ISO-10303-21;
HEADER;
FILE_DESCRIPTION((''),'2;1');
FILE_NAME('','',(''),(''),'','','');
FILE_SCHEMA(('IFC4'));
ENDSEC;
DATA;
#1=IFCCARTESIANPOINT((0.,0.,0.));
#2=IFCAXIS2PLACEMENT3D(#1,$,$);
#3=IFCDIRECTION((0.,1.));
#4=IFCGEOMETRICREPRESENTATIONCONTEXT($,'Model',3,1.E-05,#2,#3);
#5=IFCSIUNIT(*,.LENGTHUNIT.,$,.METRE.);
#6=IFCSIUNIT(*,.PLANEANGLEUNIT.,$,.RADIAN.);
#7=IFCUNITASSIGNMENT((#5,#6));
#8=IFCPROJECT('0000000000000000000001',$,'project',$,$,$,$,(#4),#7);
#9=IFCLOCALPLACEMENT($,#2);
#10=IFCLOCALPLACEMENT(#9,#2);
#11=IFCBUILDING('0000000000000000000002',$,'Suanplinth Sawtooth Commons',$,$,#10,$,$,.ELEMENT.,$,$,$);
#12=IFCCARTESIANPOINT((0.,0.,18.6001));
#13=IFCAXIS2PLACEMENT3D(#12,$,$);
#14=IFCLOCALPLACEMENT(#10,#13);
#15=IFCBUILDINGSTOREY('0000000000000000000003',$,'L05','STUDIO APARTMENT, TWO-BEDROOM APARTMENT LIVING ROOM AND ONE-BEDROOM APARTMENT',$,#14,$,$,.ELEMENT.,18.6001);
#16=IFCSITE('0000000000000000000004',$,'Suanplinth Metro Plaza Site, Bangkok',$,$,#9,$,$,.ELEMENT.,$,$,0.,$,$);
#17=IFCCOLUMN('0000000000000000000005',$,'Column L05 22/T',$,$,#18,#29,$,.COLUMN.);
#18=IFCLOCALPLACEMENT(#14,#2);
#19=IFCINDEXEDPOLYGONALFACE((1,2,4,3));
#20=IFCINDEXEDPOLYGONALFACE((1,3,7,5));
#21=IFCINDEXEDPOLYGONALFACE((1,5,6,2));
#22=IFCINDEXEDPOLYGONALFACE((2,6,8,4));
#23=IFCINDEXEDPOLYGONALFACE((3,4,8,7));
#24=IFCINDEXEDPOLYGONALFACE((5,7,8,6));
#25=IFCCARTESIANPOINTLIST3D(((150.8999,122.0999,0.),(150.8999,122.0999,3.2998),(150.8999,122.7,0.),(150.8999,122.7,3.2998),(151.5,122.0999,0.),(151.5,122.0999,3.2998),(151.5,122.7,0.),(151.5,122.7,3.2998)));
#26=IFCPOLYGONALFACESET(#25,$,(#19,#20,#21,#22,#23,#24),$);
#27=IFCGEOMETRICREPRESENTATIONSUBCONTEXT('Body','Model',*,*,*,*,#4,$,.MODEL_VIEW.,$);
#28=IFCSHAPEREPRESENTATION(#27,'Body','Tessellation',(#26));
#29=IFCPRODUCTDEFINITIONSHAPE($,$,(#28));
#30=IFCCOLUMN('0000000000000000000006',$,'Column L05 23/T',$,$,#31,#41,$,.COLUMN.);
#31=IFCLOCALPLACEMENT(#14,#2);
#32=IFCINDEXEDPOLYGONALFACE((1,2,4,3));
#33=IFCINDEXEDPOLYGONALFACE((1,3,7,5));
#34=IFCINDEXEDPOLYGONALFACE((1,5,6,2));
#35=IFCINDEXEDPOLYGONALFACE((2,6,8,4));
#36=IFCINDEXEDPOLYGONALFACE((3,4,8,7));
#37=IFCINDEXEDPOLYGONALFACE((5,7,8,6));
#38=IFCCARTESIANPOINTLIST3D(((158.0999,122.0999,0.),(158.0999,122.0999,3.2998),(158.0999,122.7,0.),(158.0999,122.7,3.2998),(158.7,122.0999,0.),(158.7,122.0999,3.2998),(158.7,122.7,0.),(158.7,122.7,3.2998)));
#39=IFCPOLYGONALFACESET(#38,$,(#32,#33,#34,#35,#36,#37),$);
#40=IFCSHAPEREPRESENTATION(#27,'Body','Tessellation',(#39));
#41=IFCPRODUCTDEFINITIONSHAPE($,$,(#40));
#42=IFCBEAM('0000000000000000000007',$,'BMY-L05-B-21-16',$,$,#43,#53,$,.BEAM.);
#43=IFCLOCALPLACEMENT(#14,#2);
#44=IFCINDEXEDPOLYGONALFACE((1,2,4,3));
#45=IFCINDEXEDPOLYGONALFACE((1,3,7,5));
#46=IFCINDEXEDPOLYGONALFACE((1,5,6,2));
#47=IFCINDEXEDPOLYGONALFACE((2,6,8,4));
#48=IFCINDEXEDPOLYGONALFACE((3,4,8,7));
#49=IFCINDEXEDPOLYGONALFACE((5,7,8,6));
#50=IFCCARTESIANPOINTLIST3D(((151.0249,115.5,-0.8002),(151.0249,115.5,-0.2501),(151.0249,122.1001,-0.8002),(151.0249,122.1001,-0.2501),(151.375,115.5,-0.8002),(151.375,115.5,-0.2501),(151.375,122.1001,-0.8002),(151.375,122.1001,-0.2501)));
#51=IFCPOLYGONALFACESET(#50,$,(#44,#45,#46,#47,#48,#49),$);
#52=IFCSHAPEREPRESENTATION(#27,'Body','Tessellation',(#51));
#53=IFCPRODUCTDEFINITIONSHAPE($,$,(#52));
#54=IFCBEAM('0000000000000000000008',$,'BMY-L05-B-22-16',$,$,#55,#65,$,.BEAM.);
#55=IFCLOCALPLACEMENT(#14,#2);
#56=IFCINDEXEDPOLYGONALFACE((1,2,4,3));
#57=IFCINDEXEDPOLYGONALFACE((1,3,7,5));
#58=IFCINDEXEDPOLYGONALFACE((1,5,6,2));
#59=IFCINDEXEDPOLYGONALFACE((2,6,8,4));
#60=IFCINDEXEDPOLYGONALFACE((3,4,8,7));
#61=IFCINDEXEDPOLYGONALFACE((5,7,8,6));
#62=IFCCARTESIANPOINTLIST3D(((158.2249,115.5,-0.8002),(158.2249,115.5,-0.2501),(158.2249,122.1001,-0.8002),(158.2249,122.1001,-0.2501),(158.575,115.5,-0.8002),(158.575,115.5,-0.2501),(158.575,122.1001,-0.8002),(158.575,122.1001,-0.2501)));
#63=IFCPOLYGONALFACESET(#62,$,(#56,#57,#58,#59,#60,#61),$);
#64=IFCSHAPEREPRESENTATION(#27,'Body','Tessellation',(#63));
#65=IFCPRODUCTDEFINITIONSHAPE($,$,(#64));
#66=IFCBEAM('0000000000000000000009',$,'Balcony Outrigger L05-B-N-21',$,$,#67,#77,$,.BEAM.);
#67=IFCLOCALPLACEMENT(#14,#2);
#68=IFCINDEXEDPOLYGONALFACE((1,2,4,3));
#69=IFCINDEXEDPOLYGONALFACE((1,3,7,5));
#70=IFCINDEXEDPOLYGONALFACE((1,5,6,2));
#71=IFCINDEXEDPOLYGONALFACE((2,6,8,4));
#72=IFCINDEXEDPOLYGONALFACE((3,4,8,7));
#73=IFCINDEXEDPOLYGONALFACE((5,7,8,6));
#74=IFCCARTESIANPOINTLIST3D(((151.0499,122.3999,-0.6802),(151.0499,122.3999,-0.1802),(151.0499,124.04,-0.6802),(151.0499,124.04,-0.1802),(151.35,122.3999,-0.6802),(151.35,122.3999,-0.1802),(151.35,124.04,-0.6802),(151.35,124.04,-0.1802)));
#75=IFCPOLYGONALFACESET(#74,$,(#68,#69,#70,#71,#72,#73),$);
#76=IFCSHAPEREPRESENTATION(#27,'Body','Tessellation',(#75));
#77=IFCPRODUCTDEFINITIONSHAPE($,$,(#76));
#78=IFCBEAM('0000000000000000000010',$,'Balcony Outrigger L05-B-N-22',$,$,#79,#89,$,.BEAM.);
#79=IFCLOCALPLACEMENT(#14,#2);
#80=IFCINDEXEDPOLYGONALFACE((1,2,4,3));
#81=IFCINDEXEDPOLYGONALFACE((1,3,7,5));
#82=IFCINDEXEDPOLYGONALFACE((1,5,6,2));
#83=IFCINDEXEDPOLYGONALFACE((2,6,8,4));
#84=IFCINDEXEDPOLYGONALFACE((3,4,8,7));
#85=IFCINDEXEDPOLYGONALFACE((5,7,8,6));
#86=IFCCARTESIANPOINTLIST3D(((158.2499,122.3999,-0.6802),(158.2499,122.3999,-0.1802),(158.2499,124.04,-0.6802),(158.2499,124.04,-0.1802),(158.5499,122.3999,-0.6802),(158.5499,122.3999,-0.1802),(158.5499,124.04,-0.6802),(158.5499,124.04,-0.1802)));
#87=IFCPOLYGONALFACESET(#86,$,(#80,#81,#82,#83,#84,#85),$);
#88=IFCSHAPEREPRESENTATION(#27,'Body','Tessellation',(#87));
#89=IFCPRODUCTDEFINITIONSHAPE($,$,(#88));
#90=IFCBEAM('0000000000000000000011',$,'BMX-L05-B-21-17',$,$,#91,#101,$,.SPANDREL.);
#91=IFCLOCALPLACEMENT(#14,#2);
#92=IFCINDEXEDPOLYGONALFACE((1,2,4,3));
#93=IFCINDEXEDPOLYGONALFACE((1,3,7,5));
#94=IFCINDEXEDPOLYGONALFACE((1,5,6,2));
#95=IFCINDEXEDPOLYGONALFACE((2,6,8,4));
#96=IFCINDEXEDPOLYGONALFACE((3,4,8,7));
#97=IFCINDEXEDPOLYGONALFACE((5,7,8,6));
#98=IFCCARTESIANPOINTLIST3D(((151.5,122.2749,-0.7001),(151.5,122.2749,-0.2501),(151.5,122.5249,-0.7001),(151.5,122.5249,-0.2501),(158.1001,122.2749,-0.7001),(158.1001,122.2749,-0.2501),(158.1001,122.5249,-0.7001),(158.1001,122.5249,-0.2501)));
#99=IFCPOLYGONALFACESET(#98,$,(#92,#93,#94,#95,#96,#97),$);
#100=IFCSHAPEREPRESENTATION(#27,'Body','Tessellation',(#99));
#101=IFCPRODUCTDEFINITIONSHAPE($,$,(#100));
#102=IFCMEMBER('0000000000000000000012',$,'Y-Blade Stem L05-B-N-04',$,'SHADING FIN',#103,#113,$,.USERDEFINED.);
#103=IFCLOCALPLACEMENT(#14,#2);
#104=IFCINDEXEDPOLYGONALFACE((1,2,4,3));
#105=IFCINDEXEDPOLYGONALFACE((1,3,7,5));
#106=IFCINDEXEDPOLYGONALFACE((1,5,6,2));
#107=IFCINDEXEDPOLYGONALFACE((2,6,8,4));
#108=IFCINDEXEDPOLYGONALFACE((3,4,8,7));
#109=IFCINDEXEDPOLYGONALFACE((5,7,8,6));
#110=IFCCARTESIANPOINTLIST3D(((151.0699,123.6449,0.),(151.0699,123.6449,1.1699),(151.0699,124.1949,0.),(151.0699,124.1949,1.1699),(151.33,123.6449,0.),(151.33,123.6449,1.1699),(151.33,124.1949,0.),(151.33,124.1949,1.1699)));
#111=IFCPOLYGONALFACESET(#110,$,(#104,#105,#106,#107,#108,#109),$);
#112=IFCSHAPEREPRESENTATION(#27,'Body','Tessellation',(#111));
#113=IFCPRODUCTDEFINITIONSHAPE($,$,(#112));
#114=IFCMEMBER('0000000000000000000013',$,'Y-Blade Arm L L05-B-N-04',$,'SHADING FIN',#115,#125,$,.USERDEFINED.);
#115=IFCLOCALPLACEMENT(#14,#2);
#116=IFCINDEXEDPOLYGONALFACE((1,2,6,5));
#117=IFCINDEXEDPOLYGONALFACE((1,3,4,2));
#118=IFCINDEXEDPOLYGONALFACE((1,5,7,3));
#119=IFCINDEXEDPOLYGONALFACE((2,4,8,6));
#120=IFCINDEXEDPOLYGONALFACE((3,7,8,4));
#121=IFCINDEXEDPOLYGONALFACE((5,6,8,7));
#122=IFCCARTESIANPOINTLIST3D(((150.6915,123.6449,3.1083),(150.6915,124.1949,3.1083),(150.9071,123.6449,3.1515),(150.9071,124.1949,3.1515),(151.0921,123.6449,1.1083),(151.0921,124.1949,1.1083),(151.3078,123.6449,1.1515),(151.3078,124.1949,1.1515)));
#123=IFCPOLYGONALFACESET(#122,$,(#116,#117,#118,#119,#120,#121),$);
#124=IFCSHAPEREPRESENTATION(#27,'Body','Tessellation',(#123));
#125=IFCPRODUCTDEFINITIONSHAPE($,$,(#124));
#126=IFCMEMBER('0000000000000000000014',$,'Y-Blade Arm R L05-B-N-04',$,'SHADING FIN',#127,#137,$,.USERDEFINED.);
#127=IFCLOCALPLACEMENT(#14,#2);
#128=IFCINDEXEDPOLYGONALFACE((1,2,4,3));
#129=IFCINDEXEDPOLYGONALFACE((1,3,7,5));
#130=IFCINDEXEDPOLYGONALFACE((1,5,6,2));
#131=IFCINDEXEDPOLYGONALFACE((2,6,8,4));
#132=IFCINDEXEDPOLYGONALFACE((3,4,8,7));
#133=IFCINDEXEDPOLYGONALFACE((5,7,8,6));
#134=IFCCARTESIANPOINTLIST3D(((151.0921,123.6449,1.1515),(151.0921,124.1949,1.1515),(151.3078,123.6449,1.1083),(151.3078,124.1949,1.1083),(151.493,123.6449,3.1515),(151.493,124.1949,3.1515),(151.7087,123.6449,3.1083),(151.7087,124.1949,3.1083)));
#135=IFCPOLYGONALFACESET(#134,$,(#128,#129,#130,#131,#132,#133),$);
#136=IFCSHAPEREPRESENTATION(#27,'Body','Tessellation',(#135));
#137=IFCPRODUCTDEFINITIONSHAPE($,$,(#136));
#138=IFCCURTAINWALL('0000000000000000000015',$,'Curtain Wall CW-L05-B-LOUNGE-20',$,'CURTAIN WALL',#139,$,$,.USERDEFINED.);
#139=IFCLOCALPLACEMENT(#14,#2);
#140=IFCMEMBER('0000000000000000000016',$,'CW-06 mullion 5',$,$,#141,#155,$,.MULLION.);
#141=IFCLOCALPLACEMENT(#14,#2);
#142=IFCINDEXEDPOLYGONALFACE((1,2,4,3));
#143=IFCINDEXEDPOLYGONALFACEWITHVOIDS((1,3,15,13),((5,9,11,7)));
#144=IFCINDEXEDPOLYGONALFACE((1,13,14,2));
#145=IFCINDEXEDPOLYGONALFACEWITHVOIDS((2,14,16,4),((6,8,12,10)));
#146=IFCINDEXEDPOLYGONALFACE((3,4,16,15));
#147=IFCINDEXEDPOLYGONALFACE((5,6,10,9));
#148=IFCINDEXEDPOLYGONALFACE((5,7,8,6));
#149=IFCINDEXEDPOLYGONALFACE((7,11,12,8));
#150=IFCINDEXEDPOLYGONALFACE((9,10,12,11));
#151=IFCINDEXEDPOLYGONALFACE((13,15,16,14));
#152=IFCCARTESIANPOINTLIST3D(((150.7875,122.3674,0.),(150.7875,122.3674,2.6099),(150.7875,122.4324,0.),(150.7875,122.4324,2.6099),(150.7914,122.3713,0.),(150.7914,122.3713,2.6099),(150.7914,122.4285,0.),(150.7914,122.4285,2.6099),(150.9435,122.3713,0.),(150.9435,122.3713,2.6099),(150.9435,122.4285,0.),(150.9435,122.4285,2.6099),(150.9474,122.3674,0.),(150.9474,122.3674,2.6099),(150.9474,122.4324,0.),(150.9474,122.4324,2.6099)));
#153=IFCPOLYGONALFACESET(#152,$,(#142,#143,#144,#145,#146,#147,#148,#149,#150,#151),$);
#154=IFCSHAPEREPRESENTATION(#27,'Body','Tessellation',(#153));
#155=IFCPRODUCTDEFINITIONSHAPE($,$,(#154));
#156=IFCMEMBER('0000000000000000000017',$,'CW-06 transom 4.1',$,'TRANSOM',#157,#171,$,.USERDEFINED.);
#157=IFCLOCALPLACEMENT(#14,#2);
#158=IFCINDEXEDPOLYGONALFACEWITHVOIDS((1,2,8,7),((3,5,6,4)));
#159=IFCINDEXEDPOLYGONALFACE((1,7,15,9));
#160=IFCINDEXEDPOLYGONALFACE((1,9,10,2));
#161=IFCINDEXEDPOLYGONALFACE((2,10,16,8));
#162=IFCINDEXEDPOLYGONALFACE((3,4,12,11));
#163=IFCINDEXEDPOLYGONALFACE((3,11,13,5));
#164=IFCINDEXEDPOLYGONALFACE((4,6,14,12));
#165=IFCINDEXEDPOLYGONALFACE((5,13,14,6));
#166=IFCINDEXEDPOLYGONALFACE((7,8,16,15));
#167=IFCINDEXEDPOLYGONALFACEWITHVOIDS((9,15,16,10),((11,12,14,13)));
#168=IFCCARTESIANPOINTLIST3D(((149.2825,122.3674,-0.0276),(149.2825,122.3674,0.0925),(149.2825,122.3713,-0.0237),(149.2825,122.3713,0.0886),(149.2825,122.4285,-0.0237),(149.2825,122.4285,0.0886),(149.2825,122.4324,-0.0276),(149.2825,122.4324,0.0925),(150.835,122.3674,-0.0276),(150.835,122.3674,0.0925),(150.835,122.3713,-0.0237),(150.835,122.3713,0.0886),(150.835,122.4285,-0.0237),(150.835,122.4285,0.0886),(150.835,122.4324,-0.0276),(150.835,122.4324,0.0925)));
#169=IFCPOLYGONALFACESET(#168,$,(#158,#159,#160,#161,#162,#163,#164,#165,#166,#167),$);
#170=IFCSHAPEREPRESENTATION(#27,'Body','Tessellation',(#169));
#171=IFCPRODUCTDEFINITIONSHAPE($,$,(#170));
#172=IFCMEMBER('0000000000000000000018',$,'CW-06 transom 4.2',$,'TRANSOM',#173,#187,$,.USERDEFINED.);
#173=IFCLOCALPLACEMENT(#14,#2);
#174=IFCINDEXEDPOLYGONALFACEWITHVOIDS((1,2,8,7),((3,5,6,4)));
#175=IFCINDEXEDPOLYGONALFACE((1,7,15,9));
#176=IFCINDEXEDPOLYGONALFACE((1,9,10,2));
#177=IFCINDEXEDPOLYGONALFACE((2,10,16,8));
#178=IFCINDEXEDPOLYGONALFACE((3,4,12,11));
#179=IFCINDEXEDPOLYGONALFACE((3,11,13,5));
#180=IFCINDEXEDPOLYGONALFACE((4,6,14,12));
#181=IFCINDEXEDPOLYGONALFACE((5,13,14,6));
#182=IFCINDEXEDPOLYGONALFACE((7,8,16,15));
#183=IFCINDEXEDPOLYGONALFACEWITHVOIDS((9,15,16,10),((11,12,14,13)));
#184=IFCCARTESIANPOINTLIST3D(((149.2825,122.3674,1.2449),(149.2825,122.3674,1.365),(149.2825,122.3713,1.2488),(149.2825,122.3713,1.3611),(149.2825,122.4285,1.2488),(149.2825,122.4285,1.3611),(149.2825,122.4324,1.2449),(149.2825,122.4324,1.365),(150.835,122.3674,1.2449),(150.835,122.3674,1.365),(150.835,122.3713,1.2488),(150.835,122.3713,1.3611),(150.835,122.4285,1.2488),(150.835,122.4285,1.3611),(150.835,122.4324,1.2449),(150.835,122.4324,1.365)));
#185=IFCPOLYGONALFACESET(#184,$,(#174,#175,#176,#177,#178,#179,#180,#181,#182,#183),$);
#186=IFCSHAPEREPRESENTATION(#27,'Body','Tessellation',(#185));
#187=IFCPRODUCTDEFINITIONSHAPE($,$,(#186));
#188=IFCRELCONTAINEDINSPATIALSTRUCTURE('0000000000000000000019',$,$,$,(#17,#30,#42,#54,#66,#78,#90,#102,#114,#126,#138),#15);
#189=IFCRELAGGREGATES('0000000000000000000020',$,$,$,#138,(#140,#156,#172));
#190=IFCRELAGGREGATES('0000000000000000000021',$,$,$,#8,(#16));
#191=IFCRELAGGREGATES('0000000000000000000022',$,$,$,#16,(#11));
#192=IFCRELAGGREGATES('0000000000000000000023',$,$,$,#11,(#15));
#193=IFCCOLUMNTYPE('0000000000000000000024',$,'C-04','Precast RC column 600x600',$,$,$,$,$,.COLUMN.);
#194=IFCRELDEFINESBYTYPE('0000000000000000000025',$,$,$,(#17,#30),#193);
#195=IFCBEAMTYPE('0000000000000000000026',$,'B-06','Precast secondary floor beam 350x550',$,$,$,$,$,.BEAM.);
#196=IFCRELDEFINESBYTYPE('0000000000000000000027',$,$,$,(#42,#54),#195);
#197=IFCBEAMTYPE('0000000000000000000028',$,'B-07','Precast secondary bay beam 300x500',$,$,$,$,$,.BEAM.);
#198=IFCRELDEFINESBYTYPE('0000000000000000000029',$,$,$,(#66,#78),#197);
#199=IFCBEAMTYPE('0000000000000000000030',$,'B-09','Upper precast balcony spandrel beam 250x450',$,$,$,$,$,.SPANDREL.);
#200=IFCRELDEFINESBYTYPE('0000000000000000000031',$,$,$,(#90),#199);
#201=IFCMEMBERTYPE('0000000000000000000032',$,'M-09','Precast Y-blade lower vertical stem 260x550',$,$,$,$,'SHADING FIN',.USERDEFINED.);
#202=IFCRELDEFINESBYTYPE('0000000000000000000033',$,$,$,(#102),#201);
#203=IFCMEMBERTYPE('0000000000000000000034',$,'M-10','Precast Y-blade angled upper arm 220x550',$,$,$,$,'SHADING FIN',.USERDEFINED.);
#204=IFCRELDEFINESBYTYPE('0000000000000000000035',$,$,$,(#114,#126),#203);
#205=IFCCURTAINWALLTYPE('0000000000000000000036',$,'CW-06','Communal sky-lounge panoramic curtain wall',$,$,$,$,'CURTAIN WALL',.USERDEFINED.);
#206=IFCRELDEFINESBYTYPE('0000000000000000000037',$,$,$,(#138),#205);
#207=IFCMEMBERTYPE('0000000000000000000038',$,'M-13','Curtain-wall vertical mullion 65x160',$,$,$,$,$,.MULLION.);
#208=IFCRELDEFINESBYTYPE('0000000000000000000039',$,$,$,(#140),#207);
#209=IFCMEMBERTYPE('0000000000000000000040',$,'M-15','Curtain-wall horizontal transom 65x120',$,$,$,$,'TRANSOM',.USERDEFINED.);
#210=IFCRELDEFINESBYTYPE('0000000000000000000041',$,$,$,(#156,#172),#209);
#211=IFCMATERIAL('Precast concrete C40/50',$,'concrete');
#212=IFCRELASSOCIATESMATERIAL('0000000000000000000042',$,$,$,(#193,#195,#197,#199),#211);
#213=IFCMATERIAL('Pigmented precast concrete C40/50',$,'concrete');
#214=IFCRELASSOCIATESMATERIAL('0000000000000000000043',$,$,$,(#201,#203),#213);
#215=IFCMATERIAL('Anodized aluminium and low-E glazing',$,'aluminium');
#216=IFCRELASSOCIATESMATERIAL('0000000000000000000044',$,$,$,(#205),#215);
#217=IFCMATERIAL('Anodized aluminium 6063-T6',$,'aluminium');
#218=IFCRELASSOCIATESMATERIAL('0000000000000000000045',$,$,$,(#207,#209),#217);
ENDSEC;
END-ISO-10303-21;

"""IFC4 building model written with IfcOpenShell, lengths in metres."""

from ifc_helpers import new_model, si_unit, direction, frame, origin, origin_2d, place, context, subcontext, project, spatial, rectangle, hollow_rectangle, extrude, material, material_profile, profile_set, type_object, element, aggregate, save


model = new_model("IFC4")

# Units and contexts
model_context = context("Model", 3, precision=1e-05, world=origin(), true_north=direction((0.0, 1.0)))
body_context = subcontext(model_context, "Body", "Model", "MODEL_VIEW")
ifc_project = project(units=[si_unit("LENGTHUNIT", "METRE"), si_unit("PLANEANGLEUNIT", "RADIAN")], contexts=[model_context])

# Site, building, storey
site_placement = place(None, origin())
site = spatial("IfcSite", under=ifc_project, at=site_placement, Name="Suanplinth Metro Plaza Site, Bangkok", CompositionType="ELEMENT", RefElevation=0.0)
building_placement = place(site_placement, origin())
building = spatial("IfcBuilding", under=site, at=building_placement, Name="Suanplinth Sawtooth Commons", CompositionType="ELEMENT")
storey_placement = place(building_placement, frame((0.0, 0.0, 18.6001)))
storey = spatial("IfcBuildingStorey", under=building, at=storey_placement, Name="L05", Description="STUDIO APARTMENT, TWO-BEDROOM APARTMENT LIVING ROOM AND ONE-BEDROOM APARTMENT", CompositionType="ELEMENT", Elevation=18.6001)

# Columns
ifc_material_1 = material(Name="Precast concrete C40/50", Category="concrete")
ifc_material_profile_1 = material_profile(ifc_material_1, rectangle(XDim=0.6001, YDim=0.6001, at=origin_2d()), Name="PC-COL 600x600")
ifc_profile_set_1 = profile_set([ifc_material_profile_1], Name="Precast concrete C40/50")
column_type = type_object("IfcColumnType", Name="C-04", Description="Precast RC column 600x600", PredefinedType="COLUMN", material=ifc_profile_set_1)
for number, where, z_axis, x_axis, name in (
    (1, (151.2, 122.3999, 0.0), (0.0, 0.0, 1.0), (1.0, 0.0, 0.0), "Column L05 22/T"),
    (2, (158.3999, 122.3999, 0.0), (0.0, 0.0, 1.0), (1.0, 0.0, 0.0), "Column L05 23/T"),
):
    element("IfcColumn", number, at=place(storey_placement, frame(where, z_axis=z_axis, x_axis=x_axis)), inside=storey, type_object=column_type, Name=name, PredefinedType="COLUMN", context=body_context, shape_type="SweptSolid", body=[
        extrude(rectangle(XDim=0.6001, YDim=0.6001, at=origin_2d()), origin(), (0.0, 0.0, 1.0), 3.2998),
    ])

# Beams
ifc_material_profile_2 = material_profile(ifc_material_1, rectangle(XDim=0.3501, YDim=0.55, at=origin_2d()), Name="PC-BM 350x550")
ifc_profile_set_2 = profile_set([ifc_material_profile_2], Name="Precast concrete C40/50")
beam_type_1 = type_object("IfcBeamType", Name="B-06", Description="Precast secondary floor beam 350x550", PredefinedType="BEAM", material=ifc_profile_set_2)
for number, where, z_axis, x_axis, name in (
    (3, (151.2, 115.5, -0.5251), (0.0, 1.0, 0.0), (-1.0, 0.0, 0.0), "BMY-L05-B-21-16"),
    (4, (158.3999, 115.5, -0.5251), (0.0, 1.0, 0.0), (-1.0, 0.0, 0.0), "BMY-L05-B-22-16"),
):
    element("IfcBeam", number, at=place(storey_placement, frame(where, z_axis=z_axis, x_axis=x_axis)), inside=storey, type_object=beam_type_1, Name=name, PredefinedType="BEAM", context=body_context, shape_type="SweptSolid", body=[
        extrude(rectangle(XDim=0.3501, YDim=0.55, at=origin_2d()), origin(), (0.0, 0.0, 1.0), 6.6001),
    ])
ifc_material_profile_3 = material_profile(ifc_material_1, rectangle(XDim=0.3, YDim=0.5, at=origin_2d()), Name="PC-BM 300x500")
ifc_profile_set_3 = profile_set([ifc_material_profile_3], Name="Precast concrete C40/50")
beam_type_2 = type_object("IfcBeamType", Name="B-07", Description="Precast secondary bay beam 300x500", PredefinedType="BEAM", material=ifc_profile_set_3)
for number, where, z_axis, x_axis, name in (
    (5, (151.2, 122.3999, -0.4302), (0.0, 1.0, 0.0), (-1.0, 0.0, 0.0), "Balcony Outrigger L05-B-N-21"),
    (6, (158.3999, 122.3999, -0.4302), (0.0, 1.0, 0.0), (-1.0, 0.0, 0.0), "Balcony Outrigger L05-B-N-22"),
):
    element("IfcBeam", number, at=place(storey_placement, frame(where, z_axis=z_axis, x_axis=x_axis)), inside=storey, type_object=beam_type_2, Name=name, PredefinedType="BEAM", context=body_context, shape_type="SweptSolid", body=[
        extrude(rectangle(XDim=0.3, YDim=0.5, at=origin_2d()), origin(), (0.0, 0.0, 1.0), 1.6401),
    ])
ifc_material_profile_4 = material_profile(ifc_material_1, rectangle(XDim=0.25, YDim=0.45, at=origin_2d()), Name="PC-SP 250x450")
ifc_profile_set_4 = profile_set([ifc_material_profile_4], Name="Precast concrete C40/50")
beam_type_3 = type_object("IfcBeamType", Name="B-09", Description="Upper precast balcony spandrel beam 250x450", PredefinedType="SPANDREL", material=ifc_profile_set_4)
beam_placement = place(storey_placement, frame((151.5, 122.3999, -0.4751), z_axis=(1.0, 0.0, 0.0), x_axis=(0.0, 1.0, 0.0)))
element("IfcBeam", 7, at=beam_placement, inside=storey, type_object=beam_type_3, Name="BMX-L05-B-21-17", PredefinedType="SPANDREL", context=body_context, shape_type="SweptSolid", body=[
    extrude(rectangle(XDim=0.25, YDim=0.45, at=origin_2d()), origin(), (0.0, 0.0, 1.0), 6.6001),
])

# Members
ifc_material_2 = material(Name="Pigmented precast concrete C40/50", Category="concrete")
ifc_material_profile_5 = material_profile(ifc_material_2, rectangle(XDim=0.26, YDim=0.55, at=origin_2d()), Name="PC-FIN 260x550")
ifc_profile_set_5 = profile_set([ifc_material_profile_5], Name="Pigmented precast concrete C40/50")
member_type_1 = type_object("IfcMemberType", Name="M-09", Description="Precast Y-blade lower vertical stem 260x550", ElementType="SHADING FIN", PredefinedType="USERDEFINED", material=ifc_profile_set_5)
member_1_placement = place(storey_placement, frame((151.2, 123.9199, 0.0), z_axis=(0.0, 0.0, 1.0), x_axis=(1.0, 0.0, 0.0)))
element("IfcMember", 8, at=member_1_placement, inside=storey, type_object=member_type_1, Name="Y-Blade Stem L05-B-N-04", ObjectType="SHADING FIN", PredefinedType="USERDEFINED", context=body_context, shape_type="SweptSolid", body=[
    extrude(rectangle(XDim=0.26, YDim=0.55, at=origin_2d()), origin(), (0.0, 0.0, 1.0), 1.1699),
])
ifc_material_profile_6 = material_profile(ifc_material_2, rectangle(XDim=0.22, YDim=0.55, at=origin_2d()), Name="PC-FIN 220x550")
ifc_profile_set_6 = profile_set([ifc_material_profile_6], Name="Pigmented precast concrete C40/50")
member_type_2 = type_object("IfcMemberType", Name="M-10", Description="Precast Y-blade angled upper arm 220x550", ElementType="SHADING FIN", PredefinedType="USERDEFINED", material=ifc_profile_set_6)
for number, where, z_axis, x_axis, name in (
    (9, (151.2, 123.9199, 1.1299), (-0.196415, 0.0, 0.980521), (0.980521, 0.0, 0.196415), "Y-Blade Arm L L05-B-N-04"),
    (10, (151.2, 123.9199, 1.1299), (0.19653, 0.0, 0.980498), (-0.980498, 0.0, 0.19653), "Y-Blade Arm R L05-B-N-04"),
):
    element("IfcMember", number, at=place(storey_placement, frame(where, z_axis=z_axis, x_axis=x_axis)), inside=storey, type_object=member_type_2, Name=name, ObjectType="SHADING FIN", PredefinedType="USERDEFINED", context=body_context, shape_type="SweptSolid", body=[
        extrude(rectangle(XDim=0.22, YDim=0.55, at=origin_2d()), origin(), (0.0, 0.0, 1.0), 2.0398),
    ])

# Curtain wall, members
ifc_material_3 = material(Name="Anodized aluminium and low-E glazing", Category="aluminium")
curtain_wall_type = type_object("IfcCurtainWallType", Name="CW-06", Description="Communal sky-lounge panoramic curtain wall", ElementType="CURTAIN WALL", PredefinedType="USERDEFINED", material=ifc_material_3)
curtain_wall_placement = place(storey_placement, origin())
curtain_wall = element("IfcCurtainWall", 11, at=curtain_wall_placement, inside=storey, type_object=curtain_wall_type, Name="Curtain Wall CW-L05-B-LOUNGE-20", ObjectType="CURTAIN WALL", PredefinedType="USERDEFINED")
ifc_material_4 = material(Name="Anodized aluminium 6063-T6", Category="aluminium")
ifc_material_profile_7 = material_profile(ifc_material_4, hollow_rectangle(XDim=0.0649, YDim=0.1599, WallThickness=0.0039, at=origin_2d()), Name="ALU-MUL 65x160")
ifc_profile_set_7 = profile_set([ifc_material_profile_7], Name="Anodized aluminium 6063-T6")
member_type_3 = type_object("IfcMemberType", Name="M-13", Description="Curtain-wall vertical mullion 65x160", PredefinedType="MULLION", material=ifc_profile_set_7)
member_2_placement = place(storey_placement, frame((150.8674, 122.3999, 0.0), z_axis=(0.0, 0.0, 1.0), x_axis=(0.0, 1.0, 0.0)))
member_2 = element("IfcMember", 12, at=member_2_placement, type_object=member_type_3, Name="CW-06 mullion 5", PredefinedType="MULLION", context=body_context, shape_type="SweptSolid", body=[
    extrude(hollow_rectangle(XDim=0.0649, YDim=0.1599, WallThickness=0.0039, at=origin_2d()), origin(), (0.0, 0.0, 1.0), 2.6099),
])
ifc_material_profile_8 = material_profile(ifc_material_4, hollow_rectangle(XDim=0.0649, YDim=0.1201, WallThickness=0.0039, at=origin_2d()), Name="ALU-TRN 65x120")
ifc_profile_set_8 = profile_set([ifc_material_profile_8], Name="Anodized aluminium 6063-T6")
member_type_4 = type_object("IfcMemberType", Name="M-15", Description="Curtain-wall horizontal transom 65x120", ElementType="TRANSOM", PredefinedType="USERDEFINED", material=ifc_profile_set_8)
member_3_placement = place(storey_placement, frame((149.2825, 122.3999, 0.0325), z_axis=(1.0, 0.0, 0.0), x_axis=(0.0, 1.0, 0.0)))
member_3 = element("IfcMember", 13, at=member_3_placement, type_object=member_type_4, Name="CW-06 transom 4.1", ObjectType="TRANSOM", PredefinedType="USERDEFINED", context=body_context, shape_type="SweptSolid", body=[
    extrude(hollow_rectangle(XDim=0.0649, YDim=0.1201, WallThickness=0.0039, at=origin_2d()), origin(), (0.0, 0.0, 1.0), 1.5525),
])
member_4_placement = place(storey_placement, frame((149.2825, 122.3999, 1.3049), z_axis=(1.0, 0.0, 0.0), x_axis=(0.0, 1.0, 0.0)))
member_4 = element("IfcMember", 14, at=member_4_placement, type_object=member_type_4, Name="CW-06 transom 4.2", ObjectType="TRANSOM", PredefinedType="USERDEFINED", context=body_context, shape_type="SweptSolid", body=[
    extrude(hollow_rectangle(XDim=0.0649, YDim=0.1201, WallThickness=0.0039, at=origin_2d()), origin(), (0.0, 0.0, 1.0), 1.5525),
])

aggregate(curtain_wall, [member_2, member_3, member_4])

save(model, "model.ifc")
